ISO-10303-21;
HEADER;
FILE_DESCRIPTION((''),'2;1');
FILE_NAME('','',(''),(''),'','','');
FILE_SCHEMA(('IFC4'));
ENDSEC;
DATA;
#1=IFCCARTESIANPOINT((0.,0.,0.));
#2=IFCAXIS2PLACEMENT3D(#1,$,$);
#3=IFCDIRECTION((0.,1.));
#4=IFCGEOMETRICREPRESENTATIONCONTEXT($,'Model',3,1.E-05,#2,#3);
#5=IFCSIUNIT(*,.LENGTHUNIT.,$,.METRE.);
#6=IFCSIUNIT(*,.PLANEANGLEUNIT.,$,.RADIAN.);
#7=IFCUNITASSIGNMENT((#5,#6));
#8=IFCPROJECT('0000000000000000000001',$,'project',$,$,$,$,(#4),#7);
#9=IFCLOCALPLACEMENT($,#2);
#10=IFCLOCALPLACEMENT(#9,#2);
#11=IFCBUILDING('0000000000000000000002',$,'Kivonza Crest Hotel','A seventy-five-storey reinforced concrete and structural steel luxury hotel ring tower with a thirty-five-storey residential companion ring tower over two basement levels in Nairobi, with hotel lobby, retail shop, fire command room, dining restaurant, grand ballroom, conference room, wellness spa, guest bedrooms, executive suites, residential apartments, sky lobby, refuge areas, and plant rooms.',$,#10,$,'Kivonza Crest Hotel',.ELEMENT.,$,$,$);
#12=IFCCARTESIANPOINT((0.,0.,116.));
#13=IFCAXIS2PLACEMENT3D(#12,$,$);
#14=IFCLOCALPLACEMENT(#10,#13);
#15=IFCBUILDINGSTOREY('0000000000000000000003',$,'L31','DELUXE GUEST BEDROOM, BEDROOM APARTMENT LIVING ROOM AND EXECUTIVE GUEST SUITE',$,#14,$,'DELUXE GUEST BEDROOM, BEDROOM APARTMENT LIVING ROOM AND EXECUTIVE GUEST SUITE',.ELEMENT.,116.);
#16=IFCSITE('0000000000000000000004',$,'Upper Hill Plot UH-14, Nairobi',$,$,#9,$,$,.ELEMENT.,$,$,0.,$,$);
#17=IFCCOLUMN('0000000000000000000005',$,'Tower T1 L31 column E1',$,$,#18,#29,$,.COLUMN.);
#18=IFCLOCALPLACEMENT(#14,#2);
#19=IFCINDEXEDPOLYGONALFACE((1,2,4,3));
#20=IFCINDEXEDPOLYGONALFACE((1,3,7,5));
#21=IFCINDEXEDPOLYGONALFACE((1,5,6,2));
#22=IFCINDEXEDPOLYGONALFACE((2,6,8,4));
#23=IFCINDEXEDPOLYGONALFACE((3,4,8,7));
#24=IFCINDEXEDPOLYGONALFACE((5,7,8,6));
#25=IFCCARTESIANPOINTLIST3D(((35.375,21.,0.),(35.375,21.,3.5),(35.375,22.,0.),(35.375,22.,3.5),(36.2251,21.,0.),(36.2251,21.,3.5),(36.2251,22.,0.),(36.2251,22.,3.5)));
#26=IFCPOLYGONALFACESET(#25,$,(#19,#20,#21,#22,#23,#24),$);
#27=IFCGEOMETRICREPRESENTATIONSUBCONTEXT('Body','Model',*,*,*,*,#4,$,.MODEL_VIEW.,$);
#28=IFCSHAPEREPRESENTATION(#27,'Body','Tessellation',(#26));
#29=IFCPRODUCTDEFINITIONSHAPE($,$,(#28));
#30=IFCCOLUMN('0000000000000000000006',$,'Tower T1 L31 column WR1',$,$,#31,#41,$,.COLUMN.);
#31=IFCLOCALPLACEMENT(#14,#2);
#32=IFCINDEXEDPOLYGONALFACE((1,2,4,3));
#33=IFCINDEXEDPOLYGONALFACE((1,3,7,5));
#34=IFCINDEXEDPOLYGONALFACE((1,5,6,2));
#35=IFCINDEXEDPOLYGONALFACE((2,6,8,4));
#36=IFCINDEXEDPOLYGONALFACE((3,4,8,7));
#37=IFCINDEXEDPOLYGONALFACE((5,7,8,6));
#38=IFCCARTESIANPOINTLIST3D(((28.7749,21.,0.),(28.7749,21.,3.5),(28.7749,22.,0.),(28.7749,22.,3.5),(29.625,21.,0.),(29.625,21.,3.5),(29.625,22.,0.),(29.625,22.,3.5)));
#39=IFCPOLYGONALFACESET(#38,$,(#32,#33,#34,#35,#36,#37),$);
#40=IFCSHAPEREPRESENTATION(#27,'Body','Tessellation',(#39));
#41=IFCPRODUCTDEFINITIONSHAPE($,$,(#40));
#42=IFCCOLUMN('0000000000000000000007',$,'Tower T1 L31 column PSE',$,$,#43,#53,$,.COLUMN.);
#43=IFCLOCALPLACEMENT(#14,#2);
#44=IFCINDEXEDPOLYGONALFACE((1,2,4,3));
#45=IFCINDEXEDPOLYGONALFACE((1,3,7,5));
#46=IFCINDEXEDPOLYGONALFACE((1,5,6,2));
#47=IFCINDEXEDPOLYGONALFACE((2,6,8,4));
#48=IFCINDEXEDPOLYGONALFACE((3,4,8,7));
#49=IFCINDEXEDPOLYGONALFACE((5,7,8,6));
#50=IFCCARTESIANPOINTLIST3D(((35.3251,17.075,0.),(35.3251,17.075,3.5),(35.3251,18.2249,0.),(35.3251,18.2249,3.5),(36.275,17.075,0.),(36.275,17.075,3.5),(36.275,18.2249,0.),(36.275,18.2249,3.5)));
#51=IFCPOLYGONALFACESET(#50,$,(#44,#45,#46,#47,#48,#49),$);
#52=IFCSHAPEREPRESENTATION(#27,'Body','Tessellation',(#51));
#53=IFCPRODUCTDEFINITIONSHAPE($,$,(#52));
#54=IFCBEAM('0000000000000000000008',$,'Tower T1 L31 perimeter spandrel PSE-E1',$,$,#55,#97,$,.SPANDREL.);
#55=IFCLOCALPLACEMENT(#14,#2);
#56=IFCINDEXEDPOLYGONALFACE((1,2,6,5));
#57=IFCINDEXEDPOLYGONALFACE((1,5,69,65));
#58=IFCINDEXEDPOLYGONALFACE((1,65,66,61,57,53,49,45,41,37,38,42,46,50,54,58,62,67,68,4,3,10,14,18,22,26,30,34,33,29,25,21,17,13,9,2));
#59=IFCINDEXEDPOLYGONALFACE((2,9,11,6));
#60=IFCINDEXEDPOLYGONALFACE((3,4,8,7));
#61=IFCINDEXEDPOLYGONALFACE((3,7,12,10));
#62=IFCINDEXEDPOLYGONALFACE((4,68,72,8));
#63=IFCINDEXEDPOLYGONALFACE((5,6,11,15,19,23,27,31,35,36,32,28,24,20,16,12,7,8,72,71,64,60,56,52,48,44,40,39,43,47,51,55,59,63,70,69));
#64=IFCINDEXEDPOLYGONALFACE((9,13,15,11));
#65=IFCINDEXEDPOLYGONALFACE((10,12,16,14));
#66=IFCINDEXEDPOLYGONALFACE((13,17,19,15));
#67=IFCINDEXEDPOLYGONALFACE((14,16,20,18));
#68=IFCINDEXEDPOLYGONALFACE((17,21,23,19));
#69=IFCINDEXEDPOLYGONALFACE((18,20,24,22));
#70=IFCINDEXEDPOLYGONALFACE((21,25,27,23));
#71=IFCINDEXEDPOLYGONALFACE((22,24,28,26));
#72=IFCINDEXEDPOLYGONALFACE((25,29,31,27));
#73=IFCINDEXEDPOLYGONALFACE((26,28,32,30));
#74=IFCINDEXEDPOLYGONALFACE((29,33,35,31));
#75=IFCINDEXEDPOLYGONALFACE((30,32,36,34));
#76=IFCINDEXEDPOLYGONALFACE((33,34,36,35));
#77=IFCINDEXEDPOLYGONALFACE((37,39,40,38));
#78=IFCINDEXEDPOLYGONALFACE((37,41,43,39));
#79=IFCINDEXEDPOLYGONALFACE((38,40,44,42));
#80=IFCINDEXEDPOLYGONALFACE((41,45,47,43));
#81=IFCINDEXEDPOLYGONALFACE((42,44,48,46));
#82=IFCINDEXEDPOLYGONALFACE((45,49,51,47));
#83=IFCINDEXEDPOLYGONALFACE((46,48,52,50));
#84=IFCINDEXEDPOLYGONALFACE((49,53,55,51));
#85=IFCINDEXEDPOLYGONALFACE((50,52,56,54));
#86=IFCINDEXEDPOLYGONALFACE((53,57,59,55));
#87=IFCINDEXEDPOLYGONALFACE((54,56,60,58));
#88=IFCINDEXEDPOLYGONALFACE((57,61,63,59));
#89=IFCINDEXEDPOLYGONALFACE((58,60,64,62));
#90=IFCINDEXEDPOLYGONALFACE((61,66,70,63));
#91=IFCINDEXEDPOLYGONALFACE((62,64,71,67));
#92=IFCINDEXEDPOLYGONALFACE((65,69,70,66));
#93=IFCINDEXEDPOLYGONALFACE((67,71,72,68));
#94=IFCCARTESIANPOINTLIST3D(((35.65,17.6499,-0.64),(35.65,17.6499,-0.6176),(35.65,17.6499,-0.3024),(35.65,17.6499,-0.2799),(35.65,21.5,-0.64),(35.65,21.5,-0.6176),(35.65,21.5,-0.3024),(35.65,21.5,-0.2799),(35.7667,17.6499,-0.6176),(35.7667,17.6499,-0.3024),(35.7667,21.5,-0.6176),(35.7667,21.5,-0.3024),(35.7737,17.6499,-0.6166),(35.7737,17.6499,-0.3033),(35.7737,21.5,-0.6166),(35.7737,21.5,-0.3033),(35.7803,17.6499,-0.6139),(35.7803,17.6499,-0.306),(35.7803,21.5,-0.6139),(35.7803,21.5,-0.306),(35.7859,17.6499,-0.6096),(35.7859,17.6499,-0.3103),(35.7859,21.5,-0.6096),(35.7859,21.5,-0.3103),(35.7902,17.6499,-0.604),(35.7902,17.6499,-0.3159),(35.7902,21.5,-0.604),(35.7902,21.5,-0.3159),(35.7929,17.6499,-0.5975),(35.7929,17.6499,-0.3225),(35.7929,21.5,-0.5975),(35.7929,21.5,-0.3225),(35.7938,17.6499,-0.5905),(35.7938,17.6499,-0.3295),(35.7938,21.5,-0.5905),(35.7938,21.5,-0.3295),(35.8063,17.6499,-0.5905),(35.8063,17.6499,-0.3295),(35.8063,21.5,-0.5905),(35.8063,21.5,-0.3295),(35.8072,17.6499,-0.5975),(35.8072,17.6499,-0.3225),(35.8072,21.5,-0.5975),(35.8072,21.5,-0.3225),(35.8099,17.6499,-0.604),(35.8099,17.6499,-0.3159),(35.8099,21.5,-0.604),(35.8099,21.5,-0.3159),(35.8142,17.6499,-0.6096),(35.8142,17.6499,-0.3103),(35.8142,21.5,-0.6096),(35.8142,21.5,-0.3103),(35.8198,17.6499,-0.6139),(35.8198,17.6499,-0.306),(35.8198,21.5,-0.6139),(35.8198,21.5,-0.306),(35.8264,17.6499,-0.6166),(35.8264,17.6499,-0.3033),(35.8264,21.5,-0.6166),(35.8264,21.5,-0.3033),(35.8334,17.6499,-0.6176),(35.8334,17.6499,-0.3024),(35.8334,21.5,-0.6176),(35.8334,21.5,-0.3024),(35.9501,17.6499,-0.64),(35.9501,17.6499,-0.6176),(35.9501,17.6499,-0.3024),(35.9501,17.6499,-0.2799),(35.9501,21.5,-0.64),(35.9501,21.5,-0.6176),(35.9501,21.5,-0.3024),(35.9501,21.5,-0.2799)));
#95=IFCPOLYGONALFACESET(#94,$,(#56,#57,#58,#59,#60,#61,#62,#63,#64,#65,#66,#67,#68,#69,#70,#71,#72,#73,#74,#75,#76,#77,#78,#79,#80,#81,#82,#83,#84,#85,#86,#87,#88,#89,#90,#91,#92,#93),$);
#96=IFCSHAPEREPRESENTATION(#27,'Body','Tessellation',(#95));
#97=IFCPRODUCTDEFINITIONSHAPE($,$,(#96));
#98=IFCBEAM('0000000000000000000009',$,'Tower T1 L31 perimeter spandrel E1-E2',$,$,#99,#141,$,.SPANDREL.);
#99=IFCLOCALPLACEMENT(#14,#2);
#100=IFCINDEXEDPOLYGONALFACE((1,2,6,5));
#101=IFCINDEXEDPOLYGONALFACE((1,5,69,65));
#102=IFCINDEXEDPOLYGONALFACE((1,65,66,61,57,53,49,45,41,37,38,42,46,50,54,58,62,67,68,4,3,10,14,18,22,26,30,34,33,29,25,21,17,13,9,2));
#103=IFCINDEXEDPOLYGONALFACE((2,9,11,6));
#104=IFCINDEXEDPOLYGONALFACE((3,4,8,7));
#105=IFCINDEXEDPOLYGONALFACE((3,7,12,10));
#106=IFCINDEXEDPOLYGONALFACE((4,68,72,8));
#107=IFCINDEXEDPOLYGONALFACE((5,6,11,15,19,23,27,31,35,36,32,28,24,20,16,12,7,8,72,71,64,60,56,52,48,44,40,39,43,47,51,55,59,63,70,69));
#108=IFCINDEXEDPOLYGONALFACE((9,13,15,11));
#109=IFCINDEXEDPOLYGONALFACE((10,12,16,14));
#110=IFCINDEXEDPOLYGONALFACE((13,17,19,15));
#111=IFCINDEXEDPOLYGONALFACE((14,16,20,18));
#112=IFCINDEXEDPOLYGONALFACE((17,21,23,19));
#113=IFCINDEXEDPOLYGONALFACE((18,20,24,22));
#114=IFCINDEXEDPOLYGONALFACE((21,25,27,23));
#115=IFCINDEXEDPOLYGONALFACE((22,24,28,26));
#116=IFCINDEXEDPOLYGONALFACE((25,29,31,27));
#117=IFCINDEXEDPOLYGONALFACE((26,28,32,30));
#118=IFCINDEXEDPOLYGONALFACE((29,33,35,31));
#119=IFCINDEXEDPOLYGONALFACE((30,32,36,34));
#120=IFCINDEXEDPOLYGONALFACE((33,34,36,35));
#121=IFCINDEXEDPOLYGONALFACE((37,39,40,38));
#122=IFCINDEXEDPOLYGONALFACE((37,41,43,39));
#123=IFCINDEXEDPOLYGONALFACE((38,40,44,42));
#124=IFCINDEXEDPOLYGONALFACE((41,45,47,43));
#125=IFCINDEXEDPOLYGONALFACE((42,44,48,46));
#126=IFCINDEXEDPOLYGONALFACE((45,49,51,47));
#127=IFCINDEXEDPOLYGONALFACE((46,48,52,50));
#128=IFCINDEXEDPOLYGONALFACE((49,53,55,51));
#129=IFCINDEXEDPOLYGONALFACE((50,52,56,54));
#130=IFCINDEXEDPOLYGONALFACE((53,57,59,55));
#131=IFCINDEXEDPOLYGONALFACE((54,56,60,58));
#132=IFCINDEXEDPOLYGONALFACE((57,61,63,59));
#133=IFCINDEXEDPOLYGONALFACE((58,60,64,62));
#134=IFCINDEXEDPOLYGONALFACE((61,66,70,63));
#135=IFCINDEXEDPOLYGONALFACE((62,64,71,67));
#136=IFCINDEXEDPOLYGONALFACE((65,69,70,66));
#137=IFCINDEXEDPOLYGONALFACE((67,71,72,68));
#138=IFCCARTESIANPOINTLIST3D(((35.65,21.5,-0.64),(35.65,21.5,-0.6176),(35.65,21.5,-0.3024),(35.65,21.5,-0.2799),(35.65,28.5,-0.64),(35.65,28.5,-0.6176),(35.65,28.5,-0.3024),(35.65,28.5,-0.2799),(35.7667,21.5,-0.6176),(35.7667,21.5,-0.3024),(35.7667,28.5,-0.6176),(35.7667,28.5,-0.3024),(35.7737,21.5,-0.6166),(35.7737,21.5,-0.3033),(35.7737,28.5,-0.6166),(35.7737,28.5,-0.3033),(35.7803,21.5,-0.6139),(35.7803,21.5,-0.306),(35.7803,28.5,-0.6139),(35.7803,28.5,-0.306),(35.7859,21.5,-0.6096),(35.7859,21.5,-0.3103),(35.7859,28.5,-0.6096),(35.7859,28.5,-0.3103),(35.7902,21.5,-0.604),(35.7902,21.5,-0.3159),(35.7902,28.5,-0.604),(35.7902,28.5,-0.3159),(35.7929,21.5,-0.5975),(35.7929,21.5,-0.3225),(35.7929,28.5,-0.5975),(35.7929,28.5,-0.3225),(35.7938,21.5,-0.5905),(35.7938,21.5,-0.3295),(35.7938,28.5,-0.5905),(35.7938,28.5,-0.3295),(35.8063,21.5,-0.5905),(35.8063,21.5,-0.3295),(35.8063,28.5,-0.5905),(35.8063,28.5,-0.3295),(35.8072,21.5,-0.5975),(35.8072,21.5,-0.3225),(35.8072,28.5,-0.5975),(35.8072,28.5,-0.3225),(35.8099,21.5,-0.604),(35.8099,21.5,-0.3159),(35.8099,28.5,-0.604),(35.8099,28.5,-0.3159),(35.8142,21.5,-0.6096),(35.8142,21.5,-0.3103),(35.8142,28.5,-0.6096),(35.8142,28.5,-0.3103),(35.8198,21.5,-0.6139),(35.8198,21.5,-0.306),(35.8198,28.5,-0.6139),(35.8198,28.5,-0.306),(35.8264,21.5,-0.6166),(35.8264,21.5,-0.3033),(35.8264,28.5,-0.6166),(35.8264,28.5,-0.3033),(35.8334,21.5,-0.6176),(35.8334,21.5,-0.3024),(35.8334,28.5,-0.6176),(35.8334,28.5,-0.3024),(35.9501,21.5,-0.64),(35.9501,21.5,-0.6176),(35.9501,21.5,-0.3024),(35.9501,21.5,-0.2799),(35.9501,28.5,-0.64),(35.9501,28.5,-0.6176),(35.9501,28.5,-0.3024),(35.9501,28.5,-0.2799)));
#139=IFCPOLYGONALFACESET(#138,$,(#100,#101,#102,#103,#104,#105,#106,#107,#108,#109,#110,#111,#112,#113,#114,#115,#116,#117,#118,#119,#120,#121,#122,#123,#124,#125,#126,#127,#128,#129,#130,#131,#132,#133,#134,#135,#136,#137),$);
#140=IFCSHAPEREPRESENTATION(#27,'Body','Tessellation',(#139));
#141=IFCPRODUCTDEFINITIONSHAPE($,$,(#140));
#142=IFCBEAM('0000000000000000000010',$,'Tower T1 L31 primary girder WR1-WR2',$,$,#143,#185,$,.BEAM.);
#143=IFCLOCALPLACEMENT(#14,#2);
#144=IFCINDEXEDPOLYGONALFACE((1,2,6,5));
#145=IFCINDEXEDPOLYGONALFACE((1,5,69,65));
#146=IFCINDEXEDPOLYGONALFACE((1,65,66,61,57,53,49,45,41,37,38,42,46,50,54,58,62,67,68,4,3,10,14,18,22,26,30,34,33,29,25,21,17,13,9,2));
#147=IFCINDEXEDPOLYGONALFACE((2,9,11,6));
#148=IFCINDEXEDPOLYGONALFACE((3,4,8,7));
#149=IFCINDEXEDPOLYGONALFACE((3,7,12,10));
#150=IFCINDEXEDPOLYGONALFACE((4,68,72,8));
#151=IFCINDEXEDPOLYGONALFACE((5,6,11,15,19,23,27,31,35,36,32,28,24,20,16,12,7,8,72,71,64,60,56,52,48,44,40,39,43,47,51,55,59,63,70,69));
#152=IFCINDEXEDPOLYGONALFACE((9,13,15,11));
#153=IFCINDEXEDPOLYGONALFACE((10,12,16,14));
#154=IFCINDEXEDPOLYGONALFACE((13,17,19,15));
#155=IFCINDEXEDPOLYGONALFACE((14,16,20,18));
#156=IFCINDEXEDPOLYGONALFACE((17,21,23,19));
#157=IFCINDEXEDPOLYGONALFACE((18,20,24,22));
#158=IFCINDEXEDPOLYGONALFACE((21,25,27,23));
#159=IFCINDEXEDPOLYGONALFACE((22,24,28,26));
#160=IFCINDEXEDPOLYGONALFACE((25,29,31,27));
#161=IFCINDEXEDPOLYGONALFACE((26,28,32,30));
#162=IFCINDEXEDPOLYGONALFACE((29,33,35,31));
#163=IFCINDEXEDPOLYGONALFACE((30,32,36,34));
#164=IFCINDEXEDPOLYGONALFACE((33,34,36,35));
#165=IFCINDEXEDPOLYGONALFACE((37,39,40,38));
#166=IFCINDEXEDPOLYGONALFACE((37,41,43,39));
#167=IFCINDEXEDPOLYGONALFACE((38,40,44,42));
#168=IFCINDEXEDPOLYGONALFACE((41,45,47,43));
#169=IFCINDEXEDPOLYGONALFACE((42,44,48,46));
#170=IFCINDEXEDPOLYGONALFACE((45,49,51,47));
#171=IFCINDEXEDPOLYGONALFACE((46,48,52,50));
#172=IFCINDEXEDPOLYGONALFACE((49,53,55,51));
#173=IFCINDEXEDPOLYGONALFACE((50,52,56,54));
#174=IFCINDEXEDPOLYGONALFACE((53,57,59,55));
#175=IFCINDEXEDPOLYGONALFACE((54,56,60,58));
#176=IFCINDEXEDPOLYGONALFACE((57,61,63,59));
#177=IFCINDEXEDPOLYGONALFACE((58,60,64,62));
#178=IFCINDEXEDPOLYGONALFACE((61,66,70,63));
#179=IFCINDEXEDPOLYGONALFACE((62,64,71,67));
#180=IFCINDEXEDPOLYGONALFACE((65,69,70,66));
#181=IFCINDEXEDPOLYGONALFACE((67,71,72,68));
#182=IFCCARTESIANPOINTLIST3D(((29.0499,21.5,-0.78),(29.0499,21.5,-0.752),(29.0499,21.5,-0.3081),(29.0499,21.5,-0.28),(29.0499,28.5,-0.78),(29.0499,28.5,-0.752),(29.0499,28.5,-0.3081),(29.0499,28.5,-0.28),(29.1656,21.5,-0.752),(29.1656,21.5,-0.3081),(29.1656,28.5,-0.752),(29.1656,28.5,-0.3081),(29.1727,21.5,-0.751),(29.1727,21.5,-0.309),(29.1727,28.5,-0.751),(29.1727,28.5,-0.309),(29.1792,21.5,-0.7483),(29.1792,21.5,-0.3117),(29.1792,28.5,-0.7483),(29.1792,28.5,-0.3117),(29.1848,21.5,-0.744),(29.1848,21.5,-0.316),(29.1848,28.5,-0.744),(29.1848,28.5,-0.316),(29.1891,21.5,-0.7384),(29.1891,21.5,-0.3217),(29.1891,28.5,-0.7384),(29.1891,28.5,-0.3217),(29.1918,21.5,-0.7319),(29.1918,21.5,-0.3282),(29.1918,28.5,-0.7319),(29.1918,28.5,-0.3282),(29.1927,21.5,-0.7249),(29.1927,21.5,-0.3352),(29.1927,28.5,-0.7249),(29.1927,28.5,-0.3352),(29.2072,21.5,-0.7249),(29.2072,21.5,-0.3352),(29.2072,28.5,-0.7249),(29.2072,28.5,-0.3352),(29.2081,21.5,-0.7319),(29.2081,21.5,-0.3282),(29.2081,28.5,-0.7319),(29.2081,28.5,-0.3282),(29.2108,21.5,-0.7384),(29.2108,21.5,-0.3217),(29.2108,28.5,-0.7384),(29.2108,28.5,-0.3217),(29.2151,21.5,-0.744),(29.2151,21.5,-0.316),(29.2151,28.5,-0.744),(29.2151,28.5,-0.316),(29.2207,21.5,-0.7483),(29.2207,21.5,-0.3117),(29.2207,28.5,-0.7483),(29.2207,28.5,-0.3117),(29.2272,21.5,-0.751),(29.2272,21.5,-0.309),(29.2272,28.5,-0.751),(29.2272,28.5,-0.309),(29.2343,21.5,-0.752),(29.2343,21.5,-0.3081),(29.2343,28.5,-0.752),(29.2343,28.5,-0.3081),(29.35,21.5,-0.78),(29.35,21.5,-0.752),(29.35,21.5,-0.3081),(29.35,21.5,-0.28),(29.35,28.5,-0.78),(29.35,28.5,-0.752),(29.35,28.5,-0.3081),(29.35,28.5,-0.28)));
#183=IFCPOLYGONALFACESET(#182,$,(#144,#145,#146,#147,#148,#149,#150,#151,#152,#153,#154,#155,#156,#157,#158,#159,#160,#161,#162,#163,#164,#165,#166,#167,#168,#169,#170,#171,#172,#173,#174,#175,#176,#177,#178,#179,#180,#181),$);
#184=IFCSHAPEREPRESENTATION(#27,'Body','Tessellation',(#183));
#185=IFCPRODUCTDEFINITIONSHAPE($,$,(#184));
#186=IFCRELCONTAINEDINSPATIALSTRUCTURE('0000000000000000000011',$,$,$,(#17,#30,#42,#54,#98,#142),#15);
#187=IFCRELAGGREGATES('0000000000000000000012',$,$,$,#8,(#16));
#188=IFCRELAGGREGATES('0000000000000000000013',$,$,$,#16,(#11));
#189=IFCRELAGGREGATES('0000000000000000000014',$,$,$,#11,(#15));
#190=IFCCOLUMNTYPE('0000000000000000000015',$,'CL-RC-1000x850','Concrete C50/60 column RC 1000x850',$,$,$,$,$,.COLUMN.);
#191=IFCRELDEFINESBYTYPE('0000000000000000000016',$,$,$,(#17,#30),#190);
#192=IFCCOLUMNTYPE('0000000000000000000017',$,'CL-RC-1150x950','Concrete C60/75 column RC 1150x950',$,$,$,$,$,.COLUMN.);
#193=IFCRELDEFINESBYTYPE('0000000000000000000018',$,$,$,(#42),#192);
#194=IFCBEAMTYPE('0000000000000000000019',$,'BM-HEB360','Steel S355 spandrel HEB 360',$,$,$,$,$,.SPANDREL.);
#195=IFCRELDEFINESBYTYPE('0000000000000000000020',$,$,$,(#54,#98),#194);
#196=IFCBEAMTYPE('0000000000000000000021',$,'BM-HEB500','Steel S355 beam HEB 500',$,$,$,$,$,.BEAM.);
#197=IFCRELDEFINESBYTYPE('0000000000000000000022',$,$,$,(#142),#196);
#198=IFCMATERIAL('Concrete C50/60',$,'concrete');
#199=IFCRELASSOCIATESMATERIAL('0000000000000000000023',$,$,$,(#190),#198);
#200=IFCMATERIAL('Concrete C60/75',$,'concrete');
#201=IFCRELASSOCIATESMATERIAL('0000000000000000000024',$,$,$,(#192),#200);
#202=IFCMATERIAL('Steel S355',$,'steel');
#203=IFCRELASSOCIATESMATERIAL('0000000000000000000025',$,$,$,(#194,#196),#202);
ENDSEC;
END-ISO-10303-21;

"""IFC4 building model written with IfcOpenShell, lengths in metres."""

from ifc_helpers import new_model, si_unit, direction, frame, origin, origin_2d, place, context, subcontext, project, spatial, rectangle, i_section, extrude, material, material_profile, profile_set, type_object, element, save


model = new_model("IFC4")

# Units and contexts
model_context = context("Model", 3, precision=1e-05, world=origin(), true_north=direction((0.0, 1.0)))
body_context = subcontext(model_context, "Body", "Model", "MODEL_VIEW")
ifc_project = project(units=[si_unit("LENGTHUNIT", "METRE"), si_unit("PLANEANGLEUNIT", "RADIAN")], contexts=[model_context])

# Site, building, storey
site_placement = place(None, origin())
site = spatial("IfcSite", under=ifc_project, at=site_placement, Name="Upper Hill Plot UH-14, Nairobi", CompositionType="ELEMENT", RefElevation=0.0)
building_placement = place(site_placement, origin())
building = spatial("IfcBuilding", under=site, at=building_placement, Name="Kivonza Crest Hotel", Description="A seventy-five-storey reinforced concrete and structural steel luxury hotel ring tower with a thirty-five-storey residential companion ring tower over two basement levels in Nairobi, with hotel lobby, retail shop, fire command room, dining restaurant, grand ballroom, conference room, wellness spa, guest bedrooms, executive suites, residential apartments, sky lobby, refuge areas, and plant rooms.", LongName="Kivonza Crest Hotel", CompositionType="ELEMENT")
storey_placement = place(building_placement, frame((0.0, 0.0, 116.0)))
storey = spatial("IfcBuildingStorey", under=building, at=storey_placement, Name="L31", Description="DELUXE GUEST BEDROOM, BEDROOM APARTMENT LIVING ROOM AND EXECUTIVE GUEST SUITE", LongName="DELUXE GUEST BEDROOM, BEDROOM APARTMENT LIVING ROOM AND EXECUTIVE GUEST SUITE", CompositionType="ELEMENT", Elevation=116.0)

# Columns
ifc_material_1 = material(Name="Concrete C50/60", Category="concrete")
ifc_material_profile_1 = material_profile(ifc_material_1, rectangle(XDim=0.8501, YDim=1.0, at=origin_2d()), Name="RC 1000x850")
ifc_profile_set_1 = profile_set([ifc_material_profile_1], Name="Concrete C50/60")
column_type_1 = type_object("IfcColumnType", Name="CL-RC-1000x850", Description="Concrete C50/60 column RC 1000x850", PredefinedType="COLUMN", material=ifc_profile_set_1)
for number, where, z_axis, x_axis, name in (
    (1, (35.8, 21.5, 0.0), (0.0, 0.0, 1.0), (1.0, 0.0, 0.0), "Tower T1 L31 column E1"),
    (2, (29.2, 21.5, 0.0), (0.0, 0.0, 1.0), (1.0, 0.0, 0.0), "Tower T1 L31 column WR1"),
):
    element("IfcColumn", number, at=place(storey_placement, frame(where, z_axis=z_axis, x_axis=x_axis)), inside=storey, type_object=column_type_1, Name=name, PredefinedType="COLUMN", context=body_context, shape_type="SweptSolid", body=[
        extrude(rectangle(XDim=0.8501, YDim=1.0, at=origin_2d()), origin(), (0.0, 0.0, 1.0), 3.5),
    ])
ifc_material_2 = material(Name="Concrete C60/75", Category="concrete")
ifc_material_profile_2 = material_profile(ifc_material_2, rectangle(XDim=0.95, YDim=1.1499, at=origin_2d()), Name="RC 1150x950")
ifc_profile_set_2 = profile_set([ifc_material_profile_2], Name="Concrete C60/75")
column_type_2 = type_object("IfcColumnType", Name="CL-RC-1150x950", Description="Concrete C60/75 column RC 1150x950", PredefinedType="COLUMN", material=ifc_profile_set_2)
column_placement = place(storey_placement, frame((35.8, 17.6499, 0.0), z_axis=(0.0, 0.0, 1.0), x_axis=(1.0, 0.0, 0.0)))
element("IfcColumn", 3, at=column_placement, inside=storey, type_object=column_type_2, Name="Tower T1 L31 column PSE", PredefinedType="COLUMN", context=body_context, shape_type="SweptSolid", body=[
    extrude(rectangle(XDim=0.95, YDim=1.1499, at=origin_2d()), origin(), (0.0, 0.0, 1.0), 3.5),
])

# Beams
ifc_material_3 = material(Name="Steel S355", Category="steel")
ifc_material_profile_3 = material_profile(ifc_material_3, i_section(OverallWidth=0.3, OverallDepth=0.3601, WebThickness=0.0125, FlangeThickness=0.0225, FilletRadius=0.0271, at=origin_2d()), Name="HEB 360")
ifc_profile_set_3 = profile_set([ifc_material_profile_3], Name="Steel S355")
beam_type_1 = type_object("IfcBeamType", Name="BM-HEB360", Description="Steel S355 spandrel HEB 360", PredefinedType="SPANDREL", material=ifc_profile_set_3)
beam_1_placement = place(storey_placement, frame((35.8, 17.6499, -0.46), z_axis=(0.0, 1.0, 0.0), x_axis=(-1.0, 0.0, 0.0)))
element("IfcBeam", 4, at=beam_1_placement, inside=storey, type_object=beam_type_1, Name="Tower T1 L31 perimeter spandrel PSE-E1", PredefinedType="SPANDREL", context=body_context, shape_type="SweptSolid", body=[
    extrude(i_section(OverallWidth=0.3, OverallDepth=0.3601, WebThickness=0.0125, FlangeThickness=0.0225, FilletRadius=0.0271, at=origin_2d()), origin(), (0.0, 0.0, 1.0), 3.8501),
])
beam_2_placement = place(storey_placement, frame((35.8, 21.5, -0.46), z_axis=(0.0, 1.0, 0.0), x_axis=(-1.0, 0.0, 0.0)))
element("IfcBeam", 5, at=beam_2_placement, inside=storey, type_object=beam_type_1, Name="Tower T1 L31 perimeter spandrel E1-E2", PredefinedType="SPANDREL", context=body_context, shape_type="SweptSolid", body=[
    extrude(i_section(OverallWidth=0.3, OverallDepth=0.3601, WebThickness=0.0125, FlangeThickness=0.0225, FilletRadius=0.0271, at=origin_2d()), origin(), (0.0, 0.0, 1.0), 7.0),
])
ifc_material_profile_4 = material_profile(ifc_material_3, i_section(OverallWidth=0.3, OverallDepth=0.5, WebThickness=0.0144, FlangeThickness=0.0281, FilletRadius=0.0271, at=origin_2d()), Name="HEB 500")
ifc_profile_set_4 = profile_set([ifc_material_profile_4], Name="Steel S355")
beam_type_2 = type_object("IfcBeamType", Name="BM-HEB500", Description="Steel S355 beam HEB 500", PredefinedType="BEAM", material=ifc_profile_set_4)
beam_3_placement = place(storey_placement, frame((29.2, 21.5, -0.53), z_axis=(0.0, 1.0, 0.0), x_axis=(-1.0, 0.0, 0.0)))
element("IfcBeam", 6, at=beam_3_placement, inside=storey, type_object=beam_type_2, Name="Tower T1 L31 primary girder WR1-WR2", PredefinedType="BEAM", context=body_context, shape_type="SweptSolid", body=[
    extrude(i_section(OverallWidth=0.3, OverallDepth=0.5, WebThickness=0.0144, FlangeThickness=0.0281, FilletRadius=0.0271, at=origin_2d()), origin(), (0.0, 0.0, 1.0), 7.0),
])

save(model, "model.ifc")
